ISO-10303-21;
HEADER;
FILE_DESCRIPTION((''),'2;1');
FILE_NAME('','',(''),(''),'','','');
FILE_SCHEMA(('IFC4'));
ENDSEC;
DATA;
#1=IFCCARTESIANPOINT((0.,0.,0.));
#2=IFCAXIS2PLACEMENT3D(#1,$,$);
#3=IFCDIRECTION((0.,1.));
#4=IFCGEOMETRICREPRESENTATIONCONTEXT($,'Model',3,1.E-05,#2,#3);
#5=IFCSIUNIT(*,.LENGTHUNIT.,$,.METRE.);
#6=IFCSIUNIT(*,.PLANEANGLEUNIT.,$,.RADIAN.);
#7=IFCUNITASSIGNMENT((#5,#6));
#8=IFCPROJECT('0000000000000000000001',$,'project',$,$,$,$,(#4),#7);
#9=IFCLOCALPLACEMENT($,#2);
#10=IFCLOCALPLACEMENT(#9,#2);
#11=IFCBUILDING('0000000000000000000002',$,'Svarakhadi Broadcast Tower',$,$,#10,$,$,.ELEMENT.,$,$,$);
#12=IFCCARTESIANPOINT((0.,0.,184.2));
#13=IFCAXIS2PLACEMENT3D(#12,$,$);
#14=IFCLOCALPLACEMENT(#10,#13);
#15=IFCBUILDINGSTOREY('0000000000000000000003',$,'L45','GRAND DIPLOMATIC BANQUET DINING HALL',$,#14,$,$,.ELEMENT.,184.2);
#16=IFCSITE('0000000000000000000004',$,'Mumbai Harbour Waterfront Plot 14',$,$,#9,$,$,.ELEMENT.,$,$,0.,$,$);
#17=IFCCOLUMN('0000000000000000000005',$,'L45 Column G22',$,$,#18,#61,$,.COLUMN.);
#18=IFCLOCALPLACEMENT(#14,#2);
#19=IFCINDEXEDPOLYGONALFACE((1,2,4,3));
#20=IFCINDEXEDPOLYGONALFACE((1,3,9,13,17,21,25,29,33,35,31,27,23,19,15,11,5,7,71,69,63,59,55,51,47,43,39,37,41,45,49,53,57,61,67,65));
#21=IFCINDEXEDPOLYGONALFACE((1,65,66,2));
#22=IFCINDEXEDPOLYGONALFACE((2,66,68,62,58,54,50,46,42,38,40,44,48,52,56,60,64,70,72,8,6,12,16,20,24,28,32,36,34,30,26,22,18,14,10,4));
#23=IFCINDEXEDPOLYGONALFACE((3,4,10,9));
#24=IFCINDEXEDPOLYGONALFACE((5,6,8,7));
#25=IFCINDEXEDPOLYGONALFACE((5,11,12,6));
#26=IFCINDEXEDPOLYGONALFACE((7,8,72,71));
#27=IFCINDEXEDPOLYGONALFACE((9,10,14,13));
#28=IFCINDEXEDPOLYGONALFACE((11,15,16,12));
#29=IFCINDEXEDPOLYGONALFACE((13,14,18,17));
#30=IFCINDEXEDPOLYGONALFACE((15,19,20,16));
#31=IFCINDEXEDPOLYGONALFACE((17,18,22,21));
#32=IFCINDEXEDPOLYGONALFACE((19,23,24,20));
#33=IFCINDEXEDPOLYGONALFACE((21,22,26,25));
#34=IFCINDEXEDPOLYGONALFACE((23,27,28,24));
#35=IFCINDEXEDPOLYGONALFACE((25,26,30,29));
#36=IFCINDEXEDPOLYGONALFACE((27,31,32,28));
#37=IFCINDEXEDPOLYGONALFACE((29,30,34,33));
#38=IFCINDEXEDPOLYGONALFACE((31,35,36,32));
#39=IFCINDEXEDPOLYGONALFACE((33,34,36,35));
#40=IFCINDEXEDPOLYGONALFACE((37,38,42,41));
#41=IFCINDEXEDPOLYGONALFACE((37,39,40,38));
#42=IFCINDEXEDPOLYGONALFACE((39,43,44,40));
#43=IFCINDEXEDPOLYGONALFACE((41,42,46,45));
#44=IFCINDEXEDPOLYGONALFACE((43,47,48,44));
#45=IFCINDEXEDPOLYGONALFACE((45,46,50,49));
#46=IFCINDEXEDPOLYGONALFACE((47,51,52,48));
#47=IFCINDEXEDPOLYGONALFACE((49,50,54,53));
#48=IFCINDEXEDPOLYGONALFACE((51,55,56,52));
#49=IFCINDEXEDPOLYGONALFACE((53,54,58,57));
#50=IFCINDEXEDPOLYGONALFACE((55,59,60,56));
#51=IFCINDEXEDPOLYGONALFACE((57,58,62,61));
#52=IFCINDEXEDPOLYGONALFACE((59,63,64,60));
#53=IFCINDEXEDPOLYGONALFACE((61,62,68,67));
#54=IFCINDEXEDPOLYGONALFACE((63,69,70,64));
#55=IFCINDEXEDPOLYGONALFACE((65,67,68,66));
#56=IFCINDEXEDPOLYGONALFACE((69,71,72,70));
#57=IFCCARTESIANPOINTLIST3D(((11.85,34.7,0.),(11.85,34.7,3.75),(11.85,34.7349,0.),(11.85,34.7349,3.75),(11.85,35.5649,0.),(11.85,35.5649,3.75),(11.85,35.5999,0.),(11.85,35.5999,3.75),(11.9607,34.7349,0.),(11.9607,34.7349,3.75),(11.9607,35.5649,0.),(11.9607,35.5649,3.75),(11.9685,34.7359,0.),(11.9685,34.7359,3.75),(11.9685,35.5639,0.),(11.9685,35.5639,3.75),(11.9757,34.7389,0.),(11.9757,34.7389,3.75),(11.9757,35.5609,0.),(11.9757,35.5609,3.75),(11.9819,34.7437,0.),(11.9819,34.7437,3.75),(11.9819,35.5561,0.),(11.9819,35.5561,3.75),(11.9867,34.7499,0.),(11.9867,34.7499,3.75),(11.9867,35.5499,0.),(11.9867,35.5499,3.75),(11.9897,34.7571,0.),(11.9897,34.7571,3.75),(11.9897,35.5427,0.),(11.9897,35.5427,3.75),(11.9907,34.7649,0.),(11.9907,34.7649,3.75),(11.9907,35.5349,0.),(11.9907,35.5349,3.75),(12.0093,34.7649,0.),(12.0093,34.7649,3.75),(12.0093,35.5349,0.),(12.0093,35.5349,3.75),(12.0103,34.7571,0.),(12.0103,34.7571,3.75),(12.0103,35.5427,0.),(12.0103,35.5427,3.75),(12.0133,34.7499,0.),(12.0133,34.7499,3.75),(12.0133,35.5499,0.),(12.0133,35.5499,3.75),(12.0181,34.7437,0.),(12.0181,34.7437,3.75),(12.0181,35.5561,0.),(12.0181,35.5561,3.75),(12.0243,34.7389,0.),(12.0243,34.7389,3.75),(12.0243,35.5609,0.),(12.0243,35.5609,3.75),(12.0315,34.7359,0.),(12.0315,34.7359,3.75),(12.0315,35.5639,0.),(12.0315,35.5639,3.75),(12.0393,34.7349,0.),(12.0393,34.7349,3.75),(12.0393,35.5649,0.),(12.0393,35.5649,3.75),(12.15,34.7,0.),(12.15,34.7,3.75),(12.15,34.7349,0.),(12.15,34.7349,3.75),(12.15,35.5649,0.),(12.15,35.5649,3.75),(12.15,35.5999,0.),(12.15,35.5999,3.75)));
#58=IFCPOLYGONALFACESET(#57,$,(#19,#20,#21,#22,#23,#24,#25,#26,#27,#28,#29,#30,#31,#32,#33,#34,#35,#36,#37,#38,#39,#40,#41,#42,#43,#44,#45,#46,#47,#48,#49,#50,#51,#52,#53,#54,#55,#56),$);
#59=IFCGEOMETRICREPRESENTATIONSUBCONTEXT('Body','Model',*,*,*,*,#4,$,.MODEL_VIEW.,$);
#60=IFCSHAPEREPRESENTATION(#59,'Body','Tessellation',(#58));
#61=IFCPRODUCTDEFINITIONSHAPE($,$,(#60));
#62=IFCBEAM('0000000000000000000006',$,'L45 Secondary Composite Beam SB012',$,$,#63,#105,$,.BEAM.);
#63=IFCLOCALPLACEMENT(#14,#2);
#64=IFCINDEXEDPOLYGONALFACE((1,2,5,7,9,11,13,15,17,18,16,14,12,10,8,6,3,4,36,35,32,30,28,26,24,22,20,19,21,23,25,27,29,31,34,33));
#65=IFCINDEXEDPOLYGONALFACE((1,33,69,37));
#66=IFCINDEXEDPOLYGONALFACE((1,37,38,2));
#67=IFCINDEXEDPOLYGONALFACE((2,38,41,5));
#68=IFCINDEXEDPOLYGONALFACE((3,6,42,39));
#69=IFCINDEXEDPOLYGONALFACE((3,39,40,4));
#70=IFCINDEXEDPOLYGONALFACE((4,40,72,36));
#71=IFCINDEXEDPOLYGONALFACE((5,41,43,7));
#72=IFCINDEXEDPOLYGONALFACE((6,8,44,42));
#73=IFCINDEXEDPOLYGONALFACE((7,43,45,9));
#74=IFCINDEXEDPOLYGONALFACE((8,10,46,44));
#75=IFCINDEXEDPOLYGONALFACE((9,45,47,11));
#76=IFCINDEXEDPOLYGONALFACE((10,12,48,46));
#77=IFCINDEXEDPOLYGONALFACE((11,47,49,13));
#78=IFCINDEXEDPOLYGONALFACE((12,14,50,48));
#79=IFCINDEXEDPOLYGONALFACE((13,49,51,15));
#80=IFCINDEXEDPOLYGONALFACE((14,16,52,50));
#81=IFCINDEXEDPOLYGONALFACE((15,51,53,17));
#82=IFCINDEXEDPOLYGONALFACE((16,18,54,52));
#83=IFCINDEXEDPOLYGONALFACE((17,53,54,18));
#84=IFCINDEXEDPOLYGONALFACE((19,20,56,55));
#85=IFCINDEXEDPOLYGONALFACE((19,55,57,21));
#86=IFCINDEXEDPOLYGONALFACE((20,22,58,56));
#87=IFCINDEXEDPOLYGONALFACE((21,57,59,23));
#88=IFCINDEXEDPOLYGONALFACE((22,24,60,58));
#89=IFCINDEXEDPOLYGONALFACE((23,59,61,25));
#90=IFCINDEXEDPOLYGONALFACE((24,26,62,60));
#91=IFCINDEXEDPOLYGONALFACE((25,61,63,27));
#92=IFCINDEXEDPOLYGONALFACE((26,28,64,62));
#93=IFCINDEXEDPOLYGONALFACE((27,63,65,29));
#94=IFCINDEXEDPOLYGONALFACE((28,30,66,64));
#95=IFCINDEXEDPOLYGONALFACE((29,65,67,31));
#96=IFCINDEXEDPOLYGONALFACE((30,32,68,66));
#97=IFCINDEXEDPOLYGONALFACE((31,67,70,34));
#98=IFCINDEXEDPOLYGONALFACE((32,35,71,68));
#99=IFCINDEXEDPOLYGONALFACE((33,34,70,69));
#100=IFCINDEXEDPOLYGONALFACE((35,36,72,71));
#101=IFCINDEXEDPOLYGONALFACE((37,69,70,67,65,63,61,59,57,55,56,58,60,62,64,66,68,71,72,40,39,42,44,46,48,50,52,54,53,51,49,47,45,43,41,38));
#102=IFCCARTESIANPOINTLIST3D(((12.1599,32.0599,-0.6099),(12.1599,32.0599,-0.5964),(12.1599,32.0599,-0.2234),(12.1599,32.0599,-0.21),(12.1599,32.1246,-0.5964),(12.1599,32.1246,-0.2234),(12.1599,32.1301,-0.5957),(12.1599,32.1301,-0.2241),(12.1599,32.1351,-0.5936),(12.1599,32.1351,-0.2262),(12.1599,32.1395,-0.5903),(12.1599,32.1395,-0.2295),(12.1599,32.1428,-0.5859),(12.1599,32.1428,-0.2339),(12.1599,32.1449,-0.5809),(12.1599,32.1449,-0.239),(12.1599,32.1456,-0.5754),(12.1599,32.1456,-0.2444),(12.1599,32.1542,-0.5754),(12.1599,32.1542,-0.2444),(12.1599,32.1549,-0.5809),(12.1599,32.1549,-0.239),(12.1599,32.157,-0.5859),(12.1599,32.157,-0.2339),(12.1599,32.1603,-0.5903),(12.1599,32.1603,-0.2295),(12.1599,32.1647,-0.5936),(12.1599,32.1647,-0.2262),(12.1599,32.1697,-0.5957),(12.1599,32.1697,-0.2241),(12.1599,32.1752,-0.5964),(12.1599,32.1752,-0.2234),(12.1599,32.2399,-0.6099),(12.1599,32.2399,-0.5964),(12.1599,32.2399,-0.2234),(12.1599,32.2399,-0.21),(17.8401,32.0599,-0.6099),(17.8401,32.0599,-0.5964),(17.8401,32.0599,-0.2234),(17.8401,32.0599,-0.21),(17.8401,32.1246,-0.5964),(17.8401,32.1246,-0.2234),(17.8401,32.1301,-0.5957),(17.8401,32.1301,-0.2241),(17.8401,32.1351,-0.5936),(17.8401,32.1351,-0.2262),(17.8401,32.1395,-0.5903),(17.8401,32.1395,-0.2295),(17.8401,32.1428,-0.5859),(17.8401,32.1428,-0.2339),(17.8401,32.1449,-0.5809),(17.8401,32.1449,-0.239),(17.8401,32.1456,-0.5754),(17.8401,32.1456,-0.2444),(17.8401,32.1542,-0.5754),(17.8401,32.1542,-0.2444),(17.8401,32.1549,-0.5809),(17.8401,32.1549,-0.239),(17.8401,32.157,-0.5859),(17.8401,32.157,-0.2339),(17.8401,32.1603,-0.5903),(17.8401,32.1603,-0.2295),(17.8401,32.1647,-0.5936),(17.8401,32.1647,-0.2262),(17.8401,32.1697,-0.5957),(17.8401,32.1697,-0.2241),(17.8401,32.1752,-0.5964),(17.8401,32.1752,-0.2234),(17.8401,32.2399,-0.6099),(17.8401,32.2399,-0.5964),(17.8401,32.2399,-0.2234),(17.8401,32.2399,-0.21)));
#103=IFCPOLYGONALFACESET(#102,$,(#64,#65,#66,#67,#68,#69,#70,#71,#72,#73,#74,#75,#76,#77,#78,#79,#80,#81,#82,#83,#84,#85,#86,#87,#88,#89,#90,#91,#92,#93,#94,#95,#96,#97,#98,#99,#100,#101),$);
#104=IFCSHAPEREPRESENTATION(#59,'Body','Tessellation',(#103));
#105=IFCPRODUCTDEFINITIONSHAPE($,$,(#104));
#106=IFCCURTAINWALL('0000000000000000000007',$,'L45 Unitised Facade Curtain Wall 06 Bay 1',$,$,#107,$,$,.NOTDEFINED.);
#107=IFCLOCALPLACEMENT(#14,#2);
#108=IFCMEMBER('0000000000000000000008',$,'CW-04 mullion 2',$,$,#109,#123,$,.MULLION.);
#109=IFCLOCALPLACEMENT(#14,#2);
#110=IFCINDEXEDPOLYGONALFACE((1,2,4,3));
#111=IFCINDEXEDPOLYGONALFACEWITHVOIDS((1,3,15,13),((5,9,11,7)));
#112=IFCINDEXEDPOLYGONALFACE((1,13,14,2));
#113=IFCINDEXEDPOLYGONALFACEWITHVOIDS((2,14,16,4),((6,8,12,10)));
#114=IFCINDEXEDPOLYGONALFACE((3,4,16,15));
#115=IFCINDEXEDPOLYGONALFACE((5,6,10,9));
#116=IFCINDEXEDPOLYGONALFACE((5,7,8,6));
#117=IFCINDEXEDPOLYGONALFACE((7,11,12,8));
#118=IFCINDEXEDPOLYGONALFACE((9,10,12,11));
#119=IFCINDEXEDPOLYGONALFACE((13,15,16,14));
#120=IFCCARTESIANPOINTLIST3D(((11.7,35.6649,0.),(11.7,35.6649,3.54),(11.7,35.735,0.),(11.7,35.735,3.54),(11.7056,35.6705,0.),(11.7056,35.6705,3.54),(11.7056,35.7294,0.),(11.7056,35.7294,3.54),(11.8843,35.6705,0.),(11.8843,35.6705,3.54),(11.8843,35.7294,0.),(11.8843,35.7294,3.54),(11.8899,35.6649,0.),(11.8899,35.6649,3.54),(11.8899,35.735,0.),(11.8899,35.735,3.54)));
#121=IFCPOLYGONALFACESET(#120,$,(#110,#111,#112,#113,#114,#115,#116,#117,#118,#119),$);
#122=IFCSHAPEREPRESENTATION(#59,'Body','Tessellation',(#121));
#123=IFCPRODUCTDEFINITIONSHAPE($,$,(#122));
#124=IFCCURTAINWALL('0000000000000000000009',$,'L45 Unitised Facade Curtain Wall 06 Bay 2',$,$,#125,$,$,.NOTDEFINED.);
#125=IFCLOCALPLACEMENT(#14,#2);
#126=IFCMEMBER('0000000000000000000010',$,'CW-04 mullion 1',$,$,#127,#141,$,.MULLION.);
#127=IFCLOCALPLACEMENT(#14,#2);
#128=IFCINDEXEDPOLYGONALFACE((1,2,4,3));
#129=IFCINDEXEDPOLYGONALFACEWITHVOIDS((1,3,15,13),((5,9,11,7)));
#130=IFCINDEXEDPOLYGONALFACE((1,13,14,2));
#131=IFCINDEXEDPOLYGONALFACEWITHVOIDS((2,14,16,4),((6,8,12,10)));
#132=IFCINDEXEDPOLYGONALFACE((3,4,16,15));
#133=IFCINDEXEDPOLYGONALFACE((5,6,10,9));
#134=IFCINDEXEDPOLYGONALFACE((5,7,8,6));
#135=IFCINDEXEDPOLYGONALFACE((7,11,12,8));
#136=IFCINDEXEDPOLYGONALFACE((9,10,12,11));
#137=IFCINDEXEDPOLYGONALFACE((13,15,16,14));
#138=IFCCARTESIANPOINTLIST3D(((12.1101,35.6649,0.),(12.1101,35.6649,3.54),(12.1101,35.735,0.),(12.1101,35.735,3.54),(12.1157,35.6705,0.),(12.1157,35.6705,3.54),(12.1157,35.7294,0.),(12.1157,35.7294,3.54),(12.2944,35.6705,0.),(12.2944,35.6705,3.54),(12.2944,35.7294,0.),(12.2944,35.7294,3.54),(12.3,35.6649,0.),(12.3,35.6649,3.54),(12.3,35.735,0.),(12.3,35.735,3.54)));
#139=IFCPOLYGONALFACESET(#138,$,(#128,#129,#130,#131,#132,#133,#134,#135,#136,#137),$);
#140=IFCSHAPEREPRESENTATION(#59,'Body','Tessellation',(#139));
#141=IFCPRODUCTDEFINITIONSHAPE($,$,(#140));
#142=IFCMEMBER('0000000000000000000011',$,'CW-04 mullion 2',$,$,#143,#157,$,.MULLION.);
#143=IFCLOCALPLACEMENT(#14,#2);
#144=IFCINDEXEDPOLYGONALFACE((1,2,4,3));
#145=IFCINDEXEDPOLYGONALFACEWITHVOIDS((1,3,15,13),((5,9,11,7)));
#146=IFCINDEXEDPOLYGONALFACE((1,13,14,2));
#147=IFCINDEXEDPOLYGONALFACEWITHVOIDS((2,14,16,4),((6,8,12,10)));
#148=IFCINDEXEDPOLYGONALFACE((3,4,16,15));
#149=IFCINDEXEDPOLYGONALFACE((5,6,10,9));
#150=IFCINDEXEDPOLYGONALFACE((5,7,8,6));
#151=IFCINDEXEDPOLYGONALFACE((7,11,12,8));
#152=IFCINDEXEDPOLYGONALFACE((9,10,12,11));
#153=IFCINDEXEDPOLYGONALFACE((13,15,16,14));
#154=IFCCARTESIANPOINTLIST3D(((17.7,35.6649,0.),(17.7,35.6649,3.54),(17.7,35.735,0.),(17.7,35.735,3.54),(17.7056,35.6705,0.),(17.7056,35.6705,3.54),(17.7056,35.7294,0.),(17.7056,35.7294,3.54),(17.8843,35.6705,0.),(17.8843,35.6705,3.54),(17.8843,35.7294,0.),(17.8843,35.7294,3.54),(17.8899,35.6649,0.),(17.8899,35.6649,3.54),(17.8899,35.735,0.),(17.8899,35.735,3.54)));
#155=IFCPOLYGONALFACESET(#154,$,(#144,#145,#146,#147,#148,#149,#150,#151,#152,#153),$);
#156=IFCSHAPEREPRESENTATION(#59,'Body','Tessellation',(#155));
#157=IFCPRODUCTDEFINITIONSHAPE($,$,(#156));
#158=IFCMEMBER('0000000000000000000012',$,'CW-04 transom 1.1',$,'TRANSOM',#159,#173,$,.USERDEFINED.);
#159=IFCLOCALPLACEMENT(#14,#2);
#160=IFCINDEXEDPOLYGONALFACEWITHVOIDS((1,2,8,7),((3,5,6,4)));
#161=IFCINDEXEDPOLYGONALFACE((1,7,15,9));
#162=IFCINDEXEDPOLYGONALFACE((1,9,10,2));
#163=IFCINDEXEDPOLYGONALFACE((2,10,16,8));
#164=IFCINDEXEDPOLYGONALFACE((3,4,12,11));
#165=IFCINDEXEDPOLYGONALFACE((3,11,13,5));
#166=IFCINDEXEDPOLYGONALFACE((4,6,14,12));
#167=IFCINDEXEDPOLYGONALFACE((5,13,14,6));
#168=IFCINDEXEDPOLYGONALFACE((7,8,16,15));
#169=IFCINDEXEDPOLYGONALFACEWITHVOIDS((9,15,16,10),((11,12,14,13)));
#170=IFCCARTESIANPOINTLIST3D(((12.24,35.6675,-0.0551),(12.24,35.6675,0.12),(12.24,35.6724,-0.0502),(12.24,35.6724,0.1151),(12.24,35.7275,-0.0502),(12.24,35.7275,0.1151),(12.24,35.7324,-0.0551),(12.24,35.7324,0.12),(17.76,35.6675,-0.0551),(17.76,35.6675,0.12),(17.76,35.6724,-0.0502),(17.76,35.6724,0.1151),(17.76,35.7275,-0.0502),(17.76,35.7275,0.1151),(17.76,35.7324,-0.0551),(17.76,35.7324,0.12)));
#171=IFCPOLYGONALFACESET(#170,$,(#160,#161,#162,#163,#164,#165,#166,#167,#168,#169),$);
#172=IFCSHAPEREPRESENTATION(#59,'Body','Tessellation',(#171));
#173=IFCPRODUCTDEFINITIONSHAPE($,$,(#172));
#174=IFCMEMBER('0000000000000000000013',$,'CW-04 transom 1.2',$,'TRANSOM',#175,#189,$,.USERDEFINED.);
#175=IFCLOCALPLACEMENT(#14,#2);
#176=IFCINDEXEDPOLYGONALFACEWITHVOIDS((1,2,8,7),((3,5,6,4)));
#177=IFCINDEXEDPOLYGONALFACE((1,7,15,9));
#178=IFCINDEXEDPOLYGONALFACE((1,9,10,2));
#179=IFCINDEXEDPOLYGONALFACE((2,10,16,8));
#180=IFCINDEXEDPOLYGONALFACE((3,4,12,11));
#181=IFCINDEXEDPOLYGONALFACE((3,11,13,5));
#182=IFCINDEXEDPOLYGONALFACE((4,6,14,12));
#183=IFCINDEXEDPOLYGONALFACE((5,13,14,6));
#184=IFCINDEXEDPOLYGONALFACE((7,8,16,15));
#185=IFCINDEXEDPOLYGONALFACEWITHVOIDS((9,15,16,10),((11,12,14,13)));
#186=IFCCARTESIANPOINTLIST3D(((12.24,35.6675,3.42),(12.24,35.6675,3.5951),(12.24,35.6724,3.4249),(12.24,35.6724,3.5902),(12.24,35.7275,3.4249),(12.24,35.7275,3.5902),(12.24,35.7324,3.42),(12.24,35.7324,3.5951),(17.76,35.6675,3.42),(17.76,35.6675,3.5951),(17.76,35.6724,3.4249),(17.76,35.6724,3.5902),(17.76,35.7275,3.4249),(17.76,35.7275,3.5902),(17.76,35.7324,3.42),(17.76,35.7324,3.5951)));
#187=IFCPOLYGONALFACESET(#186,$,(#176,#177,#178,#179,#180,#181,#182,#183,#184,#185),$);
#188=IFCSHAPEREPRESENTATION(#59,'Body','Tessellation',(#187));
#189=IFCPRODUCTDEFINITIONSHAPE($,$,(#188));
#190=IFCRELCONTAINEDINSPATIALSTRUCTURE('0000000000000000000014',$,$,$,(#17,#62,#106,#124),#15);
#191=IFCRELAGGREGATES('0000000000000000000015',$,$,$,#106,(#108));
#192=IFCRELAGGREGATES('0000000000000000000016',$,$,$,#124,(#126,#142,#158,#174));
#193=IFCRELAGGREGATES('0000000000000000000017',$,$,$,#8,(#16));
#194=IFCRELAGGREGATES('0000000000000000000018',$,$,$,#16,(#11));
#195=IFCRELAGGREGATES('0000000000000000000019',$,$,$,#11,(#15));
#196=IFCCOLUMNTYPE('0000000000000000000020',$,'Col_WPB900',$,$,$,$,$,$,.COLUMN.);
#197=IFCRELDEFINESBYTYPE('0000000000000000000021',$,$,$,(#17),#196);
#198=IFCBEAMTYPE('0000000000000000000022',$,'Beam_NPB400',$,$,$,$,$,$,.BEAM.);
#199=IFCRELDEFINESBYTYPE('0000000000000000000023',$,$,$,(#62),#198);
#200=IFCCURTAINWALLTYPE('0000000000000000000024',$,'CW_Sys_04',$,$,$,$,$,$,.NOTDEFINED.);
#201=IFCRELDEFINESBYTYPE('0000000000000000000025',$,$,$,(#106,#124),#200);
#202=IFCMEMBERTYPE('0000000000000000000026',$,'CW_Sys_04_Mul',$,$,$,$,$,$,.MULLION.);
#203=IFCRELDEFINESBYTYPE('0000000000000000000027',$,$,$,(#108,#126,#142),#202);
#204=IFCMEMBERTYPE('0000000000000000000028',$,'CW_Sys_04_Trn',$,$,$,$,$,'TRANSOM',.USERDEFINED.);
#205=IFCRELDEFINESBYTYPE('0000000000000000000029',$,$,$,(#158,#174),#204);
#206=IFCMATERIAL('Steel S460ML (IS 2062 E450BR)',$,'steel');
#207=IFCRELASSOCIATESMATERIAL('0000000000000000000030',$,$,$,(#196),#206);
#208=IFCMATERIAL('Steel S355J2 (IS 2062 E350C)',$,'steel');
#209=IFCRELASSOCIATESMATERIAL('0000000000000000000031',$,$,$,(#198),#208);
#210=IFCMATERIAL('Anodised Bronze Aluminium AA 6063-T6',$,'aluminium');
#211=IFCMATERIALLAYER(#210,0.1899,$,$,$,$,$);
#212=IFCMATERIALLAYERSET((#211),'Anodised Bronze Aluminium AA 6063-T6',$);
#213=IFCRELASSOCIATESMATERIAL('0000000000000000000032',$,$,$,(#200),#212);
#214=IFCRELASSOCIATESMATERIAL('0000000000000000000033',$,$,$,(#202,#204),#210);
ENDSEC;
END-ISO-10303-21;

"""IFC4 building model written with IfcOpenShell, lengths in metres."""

from ifc_helpers import new_model, si_unit, direction, frame, origin, origin_2d, place, context, subcontext, project, spatial, hollow_rectangle, i_section, extrude, material, layer, layer_set, material_profile, profile_set, type_object, element, aggregate, save


model = new_model("IFC4")

# Units and contexts
model_context = context("Model", 3, precision=1e-05, world=origin(), true_north=direction((0.0, 1.0)))
body_context = subcontext(model_context, "Body", "Model", "MODEL_VIEW")
ifc_project = project(units=[si_unit("LENGTHUNIT", "METRE"), si_unit("PLANEANGLEUNIT", "RADIAN")], contexts=[model_context])

# Site, building, storey
site_placement = place(None, origin())
site = spatial("IfcSite", under=ifc_project, at=site_placement, Name="Mumbai Harbour Waterfront Plot 14", CompositionType="ELEMENT", RefElevation=0.0)
building_placement = place(site_placement, origin())
building = spatial("IfcBuilding", under=site, at=building_placement, Name="Svarakhadi Broadcast Tower", CompositionType="ELEMENT")
storey_placement = place(building_placement, frame((0.0, 0.0, 184.2)))
storey = spatial("IfcBuildingStorey", under=building, at=storey_placement, Name="L45", Description="GRAND DIPLOMATIC BANQUET DINING HALL", CompositionType="ELEMENT", Elevation=184.2)

# Column
ifc_material_1 = material(Name="Steel S460ML (IS 2062 E450BR)", Category="steel")
ifc_material_profile_1 = material_profile(ifc_material_1, i_section(OverallWidth=0.3, OverallDepth=0.8999, WebThickness=0.0186, FlangeThickness=0.0349, FilletRadius=0.03, at=origin_2d()), Name="WPB 900x300x291")
ifc_profile_set_1 = profile_set([ifc_material_profile_1], Name="Steel S460ML (IS 2062 E450BR)")
column_type = type_object("IfcColumnType", Name="Col_WPB900", PredefinedType="COLUMN", material=ifc_profile_set_1)
column_placement = place(storey_placement, frame((12.0, 35.1499, 0.0), z_axis=(0.0, 0.0, 1.0), x_axis=(1.0, 0.0, 0.0)))
element("IfcColumn", 1, at=column_placement, inside=storey, type_object=column_type, Name="L45 Column G22", PredefinedType="COLUMN", context=body_context, shape_type="SweptSolid", body=[
    extrude(i_section(OverallWidth=0.3, OverallDepth=0.8999, WebThickness=0.0186, FlangeThickness=0.0349, FilletRadius=0.03, at=origin_2d()), origin(), (0.0, 0.0, 1.0), 3.75),
])

# Beam
ifc_material_2 = material(Name="Steel S355J2 (IS 2062 E350C)", Category="steel")
ifc_material_profile_2 = material_profile(ifc_material_2, i_section(OverallWidth=0.1799, OverallDepth=0.3999, WebThickness=0.0085, FlangeThickness=0.0134, FilletRadius=0.021, at=origin_2d()), Name="NPB 400x180x66")
ifc_profile_set_2 = profile_set([ifc_material_profile_2], Name="Steel S355J2 (IS 2062 E350C)")
beam_type_1 = type_object("IfcBeamType", Name="Beam_NPB400", PredefinedType="BEAM", material=ifc_profile_set_2)
beam_placement = place(storey_placement, frame((12.1599, 32.1499, -0.4099), z_axis=(1.0, 0.0, 0.0), x_axis=(0.0, 1.0, 0.0)))
element("IfcBeam", 2, at=beam_placement, inside=storey, type_object=beam_type_1, Name="L45 Secondary Composite Beam SB012", PredefinedType="BEAM", context=body_context, shape_type="SweptSolid", body=[
    extrude(i_section(OverallWidth=0.1799, OverallDepth=0.3999, WebThickness=0.0085, FlangeThickness=0.0134, FilletRadius=0.021, at=origin_2d()), origin(), (0.0, 0.0, 1.0), 5.6802),
])

# Curtain wall, member
ifc_material_3 = material(Name="Anodised Bronze Aluminium AA 6063-T6", Category="aluminium")
ifc_layer_1 = layer(ifc_material_3, 0.1899)
ifc_layer_set_1 = layer_set([ifc_layer_1], Name="Anodised Bronze Aluminium AA 6063-T6")
curtain_wall_type = type_object("IfcCurtainWallType", Name="CW_Sys_04", PredefinedType="NOTDEFINED", material=ifc_layer_set_1)
curtain_wall_1_placement = place(storey_placement, origin())
curtain_wall_1 = element("IfcCurtainWall", 3, at=curtain_wall_1_placement, inside=storey, type_object=curtain_wall_type, Name="L45 Unitised Facade Curtain Wall 06 Bay 1", PredefinedType="NOTDEFINED")
ifc_material_profile_3 = material_profile(ifc_material_3, hollow_rectangle(XDim=0.0701, YDim=0.1899, WallThickness=0.0056, at=origin_2d()), Name="ALU MULLION 190x70x6")
ifc_profile_set_3 = profile_set([ifc_material_profile_3], Name="Anodised Bronze Aluminium AA 6063-T6")
member_type_1 = type_object("IfcMemberType", Name="CW_Sys_04_Mul", PredefinedType="MULLION", material=ifc_profile_set_3)
member_1_placement = place(storey_placement, frame((11.7949, 35.7, 0.0), z_axis=(0.0, 0.0, 1.0), x_axis=(0.0, 1.0, 0.0)))
member_1 = element("IfcMember", 4, at=member_1_placement, type_object=member_type_1, Name="CW-04 mullion 2", PredefinedType="MULLION", context=body_context, shape_type="SweptSolid", body=[
    extrude(hollow_rectangle(XDim=0.0701, YDim=0.1899, WallThickness=0.0056, at=origin_2d()), origin(), (0.0, 0.0, 1.0), 3.54),
])
aggregate(curtain_wall_1, [member_1])

# Curtain wall, members
curtain_wall_2_placement = place(storey_placement, origin())
curtain_wall_2 = element("IfcCurtainWall", 5, at=curtain_wall_2_placement, inside=storey, type_object=curtain_wall_type, Name="L45 Unitised Facade Curtain Wall 06 Bay 2", PredefinedType="NOTDEFINED")
member_2_placement = place(storey_placement, frame((12.2051, 35.7, 0.0), z_axis=(0.0, 0.0, 1.0), x_axis=(0.0, 1.0, 0.0)))
member_2 = element("IfcMember", 6, at=member_2_placement, type_object=member_type_1, Name="CW-04 mullion 1", PredefinedType="MULLION", context=body_context, shape_type="SweptSolid", body=[
    extrude(hollow_rectangle(XDim=0.0701, YDim=0.1899, WallThickness=0.0056, at=origin_2d()), origin(), (0.0, 0.0, 1.0), 3.54),
])
member_3_placement = place(storey_placement, frame((17.7949, 35.7, 0.0), z_axis=(0.0, 0.0, 1.0), x_axis=(0.0, 1.0, 0.0)))
member_3 = element("IfcMember", 7, at=member_3_placement, type_object=member_type_1, Name="CW-04 mullion 2", PredefinedType="MULLION", context=body_context, shape_type="SweptSolid", body=[
    extrude(hollow_rectangle(XDim=0.0701, YDim=0.1899, WallThickness=0.0056, at=origin_2d()), origin(), (0.0, 0.0, 1.0), 3.54),
])
ifc_material_profile_4 = material_profile(ifc_material_3, hollow_rectangle(XDim=0.0649, YDim=0.175, WallThickness=0.0049, at=origin_2d()), Name="ALU TRANSOM 175x65x5")
ifc_profile_set_4 = profile_set([ifc_material_profile_4], Name="Anodised Bronze Aluminium AA 6063-T6")
member_type_2 = type_object("IfcMemberType", Name="CW_Sys_04_Trn", ElementType="TRANSOM", PredefinedType="USERDEFINED", material=ifc_profile_set_4)
member_4_placement = place(storey_placement, frame((12.24, 35.7, 0.0325), z_axis=(1.0, 0.0, 0.0), x_axis=(0.0, 1.0, 0.0)))
member_4 = element("IfcMember", 8, at=member_4_placement, type_object=member_type_2, Name="CW-04 transom 1.1", ObjectType="TRANSOM", PredefinedType="USERDEFINED", context=body_context, shape_type="SweptSolid", body=[
    extrude(hollow_rectangle(XDim=0.0649, YDim=0.175, WallThickness=0.0049, at=origin_2d()), origin(), (0.0, 0.0, 1.0), 5.52),
])
member_5_placement = place(storey_placement, frame((12.24, 35.7, 3.5076), z_axis=(1.0, 0.0, 0.0), x_axis=(0.0, 1.0, 0.0)))
member_5 = element("IfcMember", 9, at=member_5_placement, type_object=member_type_2, Name="CW-04 transom 1.2", ObjectType="TRANSOM", PredefinedType="USERDEFINED", context=body_context, shape_type="SweptSolid", body=[
    extrude(hollow_rectangle(XDim=0.0649, YDim=0.175, WallThickness=0.0049, at=origin_2d()), origin(), (0.0, 0.0, 1.0), 5.52),
])

aggregate(curtain_wall_2, [member_2, member_3, member_4, member_5])

save(model, "model.ifc")
